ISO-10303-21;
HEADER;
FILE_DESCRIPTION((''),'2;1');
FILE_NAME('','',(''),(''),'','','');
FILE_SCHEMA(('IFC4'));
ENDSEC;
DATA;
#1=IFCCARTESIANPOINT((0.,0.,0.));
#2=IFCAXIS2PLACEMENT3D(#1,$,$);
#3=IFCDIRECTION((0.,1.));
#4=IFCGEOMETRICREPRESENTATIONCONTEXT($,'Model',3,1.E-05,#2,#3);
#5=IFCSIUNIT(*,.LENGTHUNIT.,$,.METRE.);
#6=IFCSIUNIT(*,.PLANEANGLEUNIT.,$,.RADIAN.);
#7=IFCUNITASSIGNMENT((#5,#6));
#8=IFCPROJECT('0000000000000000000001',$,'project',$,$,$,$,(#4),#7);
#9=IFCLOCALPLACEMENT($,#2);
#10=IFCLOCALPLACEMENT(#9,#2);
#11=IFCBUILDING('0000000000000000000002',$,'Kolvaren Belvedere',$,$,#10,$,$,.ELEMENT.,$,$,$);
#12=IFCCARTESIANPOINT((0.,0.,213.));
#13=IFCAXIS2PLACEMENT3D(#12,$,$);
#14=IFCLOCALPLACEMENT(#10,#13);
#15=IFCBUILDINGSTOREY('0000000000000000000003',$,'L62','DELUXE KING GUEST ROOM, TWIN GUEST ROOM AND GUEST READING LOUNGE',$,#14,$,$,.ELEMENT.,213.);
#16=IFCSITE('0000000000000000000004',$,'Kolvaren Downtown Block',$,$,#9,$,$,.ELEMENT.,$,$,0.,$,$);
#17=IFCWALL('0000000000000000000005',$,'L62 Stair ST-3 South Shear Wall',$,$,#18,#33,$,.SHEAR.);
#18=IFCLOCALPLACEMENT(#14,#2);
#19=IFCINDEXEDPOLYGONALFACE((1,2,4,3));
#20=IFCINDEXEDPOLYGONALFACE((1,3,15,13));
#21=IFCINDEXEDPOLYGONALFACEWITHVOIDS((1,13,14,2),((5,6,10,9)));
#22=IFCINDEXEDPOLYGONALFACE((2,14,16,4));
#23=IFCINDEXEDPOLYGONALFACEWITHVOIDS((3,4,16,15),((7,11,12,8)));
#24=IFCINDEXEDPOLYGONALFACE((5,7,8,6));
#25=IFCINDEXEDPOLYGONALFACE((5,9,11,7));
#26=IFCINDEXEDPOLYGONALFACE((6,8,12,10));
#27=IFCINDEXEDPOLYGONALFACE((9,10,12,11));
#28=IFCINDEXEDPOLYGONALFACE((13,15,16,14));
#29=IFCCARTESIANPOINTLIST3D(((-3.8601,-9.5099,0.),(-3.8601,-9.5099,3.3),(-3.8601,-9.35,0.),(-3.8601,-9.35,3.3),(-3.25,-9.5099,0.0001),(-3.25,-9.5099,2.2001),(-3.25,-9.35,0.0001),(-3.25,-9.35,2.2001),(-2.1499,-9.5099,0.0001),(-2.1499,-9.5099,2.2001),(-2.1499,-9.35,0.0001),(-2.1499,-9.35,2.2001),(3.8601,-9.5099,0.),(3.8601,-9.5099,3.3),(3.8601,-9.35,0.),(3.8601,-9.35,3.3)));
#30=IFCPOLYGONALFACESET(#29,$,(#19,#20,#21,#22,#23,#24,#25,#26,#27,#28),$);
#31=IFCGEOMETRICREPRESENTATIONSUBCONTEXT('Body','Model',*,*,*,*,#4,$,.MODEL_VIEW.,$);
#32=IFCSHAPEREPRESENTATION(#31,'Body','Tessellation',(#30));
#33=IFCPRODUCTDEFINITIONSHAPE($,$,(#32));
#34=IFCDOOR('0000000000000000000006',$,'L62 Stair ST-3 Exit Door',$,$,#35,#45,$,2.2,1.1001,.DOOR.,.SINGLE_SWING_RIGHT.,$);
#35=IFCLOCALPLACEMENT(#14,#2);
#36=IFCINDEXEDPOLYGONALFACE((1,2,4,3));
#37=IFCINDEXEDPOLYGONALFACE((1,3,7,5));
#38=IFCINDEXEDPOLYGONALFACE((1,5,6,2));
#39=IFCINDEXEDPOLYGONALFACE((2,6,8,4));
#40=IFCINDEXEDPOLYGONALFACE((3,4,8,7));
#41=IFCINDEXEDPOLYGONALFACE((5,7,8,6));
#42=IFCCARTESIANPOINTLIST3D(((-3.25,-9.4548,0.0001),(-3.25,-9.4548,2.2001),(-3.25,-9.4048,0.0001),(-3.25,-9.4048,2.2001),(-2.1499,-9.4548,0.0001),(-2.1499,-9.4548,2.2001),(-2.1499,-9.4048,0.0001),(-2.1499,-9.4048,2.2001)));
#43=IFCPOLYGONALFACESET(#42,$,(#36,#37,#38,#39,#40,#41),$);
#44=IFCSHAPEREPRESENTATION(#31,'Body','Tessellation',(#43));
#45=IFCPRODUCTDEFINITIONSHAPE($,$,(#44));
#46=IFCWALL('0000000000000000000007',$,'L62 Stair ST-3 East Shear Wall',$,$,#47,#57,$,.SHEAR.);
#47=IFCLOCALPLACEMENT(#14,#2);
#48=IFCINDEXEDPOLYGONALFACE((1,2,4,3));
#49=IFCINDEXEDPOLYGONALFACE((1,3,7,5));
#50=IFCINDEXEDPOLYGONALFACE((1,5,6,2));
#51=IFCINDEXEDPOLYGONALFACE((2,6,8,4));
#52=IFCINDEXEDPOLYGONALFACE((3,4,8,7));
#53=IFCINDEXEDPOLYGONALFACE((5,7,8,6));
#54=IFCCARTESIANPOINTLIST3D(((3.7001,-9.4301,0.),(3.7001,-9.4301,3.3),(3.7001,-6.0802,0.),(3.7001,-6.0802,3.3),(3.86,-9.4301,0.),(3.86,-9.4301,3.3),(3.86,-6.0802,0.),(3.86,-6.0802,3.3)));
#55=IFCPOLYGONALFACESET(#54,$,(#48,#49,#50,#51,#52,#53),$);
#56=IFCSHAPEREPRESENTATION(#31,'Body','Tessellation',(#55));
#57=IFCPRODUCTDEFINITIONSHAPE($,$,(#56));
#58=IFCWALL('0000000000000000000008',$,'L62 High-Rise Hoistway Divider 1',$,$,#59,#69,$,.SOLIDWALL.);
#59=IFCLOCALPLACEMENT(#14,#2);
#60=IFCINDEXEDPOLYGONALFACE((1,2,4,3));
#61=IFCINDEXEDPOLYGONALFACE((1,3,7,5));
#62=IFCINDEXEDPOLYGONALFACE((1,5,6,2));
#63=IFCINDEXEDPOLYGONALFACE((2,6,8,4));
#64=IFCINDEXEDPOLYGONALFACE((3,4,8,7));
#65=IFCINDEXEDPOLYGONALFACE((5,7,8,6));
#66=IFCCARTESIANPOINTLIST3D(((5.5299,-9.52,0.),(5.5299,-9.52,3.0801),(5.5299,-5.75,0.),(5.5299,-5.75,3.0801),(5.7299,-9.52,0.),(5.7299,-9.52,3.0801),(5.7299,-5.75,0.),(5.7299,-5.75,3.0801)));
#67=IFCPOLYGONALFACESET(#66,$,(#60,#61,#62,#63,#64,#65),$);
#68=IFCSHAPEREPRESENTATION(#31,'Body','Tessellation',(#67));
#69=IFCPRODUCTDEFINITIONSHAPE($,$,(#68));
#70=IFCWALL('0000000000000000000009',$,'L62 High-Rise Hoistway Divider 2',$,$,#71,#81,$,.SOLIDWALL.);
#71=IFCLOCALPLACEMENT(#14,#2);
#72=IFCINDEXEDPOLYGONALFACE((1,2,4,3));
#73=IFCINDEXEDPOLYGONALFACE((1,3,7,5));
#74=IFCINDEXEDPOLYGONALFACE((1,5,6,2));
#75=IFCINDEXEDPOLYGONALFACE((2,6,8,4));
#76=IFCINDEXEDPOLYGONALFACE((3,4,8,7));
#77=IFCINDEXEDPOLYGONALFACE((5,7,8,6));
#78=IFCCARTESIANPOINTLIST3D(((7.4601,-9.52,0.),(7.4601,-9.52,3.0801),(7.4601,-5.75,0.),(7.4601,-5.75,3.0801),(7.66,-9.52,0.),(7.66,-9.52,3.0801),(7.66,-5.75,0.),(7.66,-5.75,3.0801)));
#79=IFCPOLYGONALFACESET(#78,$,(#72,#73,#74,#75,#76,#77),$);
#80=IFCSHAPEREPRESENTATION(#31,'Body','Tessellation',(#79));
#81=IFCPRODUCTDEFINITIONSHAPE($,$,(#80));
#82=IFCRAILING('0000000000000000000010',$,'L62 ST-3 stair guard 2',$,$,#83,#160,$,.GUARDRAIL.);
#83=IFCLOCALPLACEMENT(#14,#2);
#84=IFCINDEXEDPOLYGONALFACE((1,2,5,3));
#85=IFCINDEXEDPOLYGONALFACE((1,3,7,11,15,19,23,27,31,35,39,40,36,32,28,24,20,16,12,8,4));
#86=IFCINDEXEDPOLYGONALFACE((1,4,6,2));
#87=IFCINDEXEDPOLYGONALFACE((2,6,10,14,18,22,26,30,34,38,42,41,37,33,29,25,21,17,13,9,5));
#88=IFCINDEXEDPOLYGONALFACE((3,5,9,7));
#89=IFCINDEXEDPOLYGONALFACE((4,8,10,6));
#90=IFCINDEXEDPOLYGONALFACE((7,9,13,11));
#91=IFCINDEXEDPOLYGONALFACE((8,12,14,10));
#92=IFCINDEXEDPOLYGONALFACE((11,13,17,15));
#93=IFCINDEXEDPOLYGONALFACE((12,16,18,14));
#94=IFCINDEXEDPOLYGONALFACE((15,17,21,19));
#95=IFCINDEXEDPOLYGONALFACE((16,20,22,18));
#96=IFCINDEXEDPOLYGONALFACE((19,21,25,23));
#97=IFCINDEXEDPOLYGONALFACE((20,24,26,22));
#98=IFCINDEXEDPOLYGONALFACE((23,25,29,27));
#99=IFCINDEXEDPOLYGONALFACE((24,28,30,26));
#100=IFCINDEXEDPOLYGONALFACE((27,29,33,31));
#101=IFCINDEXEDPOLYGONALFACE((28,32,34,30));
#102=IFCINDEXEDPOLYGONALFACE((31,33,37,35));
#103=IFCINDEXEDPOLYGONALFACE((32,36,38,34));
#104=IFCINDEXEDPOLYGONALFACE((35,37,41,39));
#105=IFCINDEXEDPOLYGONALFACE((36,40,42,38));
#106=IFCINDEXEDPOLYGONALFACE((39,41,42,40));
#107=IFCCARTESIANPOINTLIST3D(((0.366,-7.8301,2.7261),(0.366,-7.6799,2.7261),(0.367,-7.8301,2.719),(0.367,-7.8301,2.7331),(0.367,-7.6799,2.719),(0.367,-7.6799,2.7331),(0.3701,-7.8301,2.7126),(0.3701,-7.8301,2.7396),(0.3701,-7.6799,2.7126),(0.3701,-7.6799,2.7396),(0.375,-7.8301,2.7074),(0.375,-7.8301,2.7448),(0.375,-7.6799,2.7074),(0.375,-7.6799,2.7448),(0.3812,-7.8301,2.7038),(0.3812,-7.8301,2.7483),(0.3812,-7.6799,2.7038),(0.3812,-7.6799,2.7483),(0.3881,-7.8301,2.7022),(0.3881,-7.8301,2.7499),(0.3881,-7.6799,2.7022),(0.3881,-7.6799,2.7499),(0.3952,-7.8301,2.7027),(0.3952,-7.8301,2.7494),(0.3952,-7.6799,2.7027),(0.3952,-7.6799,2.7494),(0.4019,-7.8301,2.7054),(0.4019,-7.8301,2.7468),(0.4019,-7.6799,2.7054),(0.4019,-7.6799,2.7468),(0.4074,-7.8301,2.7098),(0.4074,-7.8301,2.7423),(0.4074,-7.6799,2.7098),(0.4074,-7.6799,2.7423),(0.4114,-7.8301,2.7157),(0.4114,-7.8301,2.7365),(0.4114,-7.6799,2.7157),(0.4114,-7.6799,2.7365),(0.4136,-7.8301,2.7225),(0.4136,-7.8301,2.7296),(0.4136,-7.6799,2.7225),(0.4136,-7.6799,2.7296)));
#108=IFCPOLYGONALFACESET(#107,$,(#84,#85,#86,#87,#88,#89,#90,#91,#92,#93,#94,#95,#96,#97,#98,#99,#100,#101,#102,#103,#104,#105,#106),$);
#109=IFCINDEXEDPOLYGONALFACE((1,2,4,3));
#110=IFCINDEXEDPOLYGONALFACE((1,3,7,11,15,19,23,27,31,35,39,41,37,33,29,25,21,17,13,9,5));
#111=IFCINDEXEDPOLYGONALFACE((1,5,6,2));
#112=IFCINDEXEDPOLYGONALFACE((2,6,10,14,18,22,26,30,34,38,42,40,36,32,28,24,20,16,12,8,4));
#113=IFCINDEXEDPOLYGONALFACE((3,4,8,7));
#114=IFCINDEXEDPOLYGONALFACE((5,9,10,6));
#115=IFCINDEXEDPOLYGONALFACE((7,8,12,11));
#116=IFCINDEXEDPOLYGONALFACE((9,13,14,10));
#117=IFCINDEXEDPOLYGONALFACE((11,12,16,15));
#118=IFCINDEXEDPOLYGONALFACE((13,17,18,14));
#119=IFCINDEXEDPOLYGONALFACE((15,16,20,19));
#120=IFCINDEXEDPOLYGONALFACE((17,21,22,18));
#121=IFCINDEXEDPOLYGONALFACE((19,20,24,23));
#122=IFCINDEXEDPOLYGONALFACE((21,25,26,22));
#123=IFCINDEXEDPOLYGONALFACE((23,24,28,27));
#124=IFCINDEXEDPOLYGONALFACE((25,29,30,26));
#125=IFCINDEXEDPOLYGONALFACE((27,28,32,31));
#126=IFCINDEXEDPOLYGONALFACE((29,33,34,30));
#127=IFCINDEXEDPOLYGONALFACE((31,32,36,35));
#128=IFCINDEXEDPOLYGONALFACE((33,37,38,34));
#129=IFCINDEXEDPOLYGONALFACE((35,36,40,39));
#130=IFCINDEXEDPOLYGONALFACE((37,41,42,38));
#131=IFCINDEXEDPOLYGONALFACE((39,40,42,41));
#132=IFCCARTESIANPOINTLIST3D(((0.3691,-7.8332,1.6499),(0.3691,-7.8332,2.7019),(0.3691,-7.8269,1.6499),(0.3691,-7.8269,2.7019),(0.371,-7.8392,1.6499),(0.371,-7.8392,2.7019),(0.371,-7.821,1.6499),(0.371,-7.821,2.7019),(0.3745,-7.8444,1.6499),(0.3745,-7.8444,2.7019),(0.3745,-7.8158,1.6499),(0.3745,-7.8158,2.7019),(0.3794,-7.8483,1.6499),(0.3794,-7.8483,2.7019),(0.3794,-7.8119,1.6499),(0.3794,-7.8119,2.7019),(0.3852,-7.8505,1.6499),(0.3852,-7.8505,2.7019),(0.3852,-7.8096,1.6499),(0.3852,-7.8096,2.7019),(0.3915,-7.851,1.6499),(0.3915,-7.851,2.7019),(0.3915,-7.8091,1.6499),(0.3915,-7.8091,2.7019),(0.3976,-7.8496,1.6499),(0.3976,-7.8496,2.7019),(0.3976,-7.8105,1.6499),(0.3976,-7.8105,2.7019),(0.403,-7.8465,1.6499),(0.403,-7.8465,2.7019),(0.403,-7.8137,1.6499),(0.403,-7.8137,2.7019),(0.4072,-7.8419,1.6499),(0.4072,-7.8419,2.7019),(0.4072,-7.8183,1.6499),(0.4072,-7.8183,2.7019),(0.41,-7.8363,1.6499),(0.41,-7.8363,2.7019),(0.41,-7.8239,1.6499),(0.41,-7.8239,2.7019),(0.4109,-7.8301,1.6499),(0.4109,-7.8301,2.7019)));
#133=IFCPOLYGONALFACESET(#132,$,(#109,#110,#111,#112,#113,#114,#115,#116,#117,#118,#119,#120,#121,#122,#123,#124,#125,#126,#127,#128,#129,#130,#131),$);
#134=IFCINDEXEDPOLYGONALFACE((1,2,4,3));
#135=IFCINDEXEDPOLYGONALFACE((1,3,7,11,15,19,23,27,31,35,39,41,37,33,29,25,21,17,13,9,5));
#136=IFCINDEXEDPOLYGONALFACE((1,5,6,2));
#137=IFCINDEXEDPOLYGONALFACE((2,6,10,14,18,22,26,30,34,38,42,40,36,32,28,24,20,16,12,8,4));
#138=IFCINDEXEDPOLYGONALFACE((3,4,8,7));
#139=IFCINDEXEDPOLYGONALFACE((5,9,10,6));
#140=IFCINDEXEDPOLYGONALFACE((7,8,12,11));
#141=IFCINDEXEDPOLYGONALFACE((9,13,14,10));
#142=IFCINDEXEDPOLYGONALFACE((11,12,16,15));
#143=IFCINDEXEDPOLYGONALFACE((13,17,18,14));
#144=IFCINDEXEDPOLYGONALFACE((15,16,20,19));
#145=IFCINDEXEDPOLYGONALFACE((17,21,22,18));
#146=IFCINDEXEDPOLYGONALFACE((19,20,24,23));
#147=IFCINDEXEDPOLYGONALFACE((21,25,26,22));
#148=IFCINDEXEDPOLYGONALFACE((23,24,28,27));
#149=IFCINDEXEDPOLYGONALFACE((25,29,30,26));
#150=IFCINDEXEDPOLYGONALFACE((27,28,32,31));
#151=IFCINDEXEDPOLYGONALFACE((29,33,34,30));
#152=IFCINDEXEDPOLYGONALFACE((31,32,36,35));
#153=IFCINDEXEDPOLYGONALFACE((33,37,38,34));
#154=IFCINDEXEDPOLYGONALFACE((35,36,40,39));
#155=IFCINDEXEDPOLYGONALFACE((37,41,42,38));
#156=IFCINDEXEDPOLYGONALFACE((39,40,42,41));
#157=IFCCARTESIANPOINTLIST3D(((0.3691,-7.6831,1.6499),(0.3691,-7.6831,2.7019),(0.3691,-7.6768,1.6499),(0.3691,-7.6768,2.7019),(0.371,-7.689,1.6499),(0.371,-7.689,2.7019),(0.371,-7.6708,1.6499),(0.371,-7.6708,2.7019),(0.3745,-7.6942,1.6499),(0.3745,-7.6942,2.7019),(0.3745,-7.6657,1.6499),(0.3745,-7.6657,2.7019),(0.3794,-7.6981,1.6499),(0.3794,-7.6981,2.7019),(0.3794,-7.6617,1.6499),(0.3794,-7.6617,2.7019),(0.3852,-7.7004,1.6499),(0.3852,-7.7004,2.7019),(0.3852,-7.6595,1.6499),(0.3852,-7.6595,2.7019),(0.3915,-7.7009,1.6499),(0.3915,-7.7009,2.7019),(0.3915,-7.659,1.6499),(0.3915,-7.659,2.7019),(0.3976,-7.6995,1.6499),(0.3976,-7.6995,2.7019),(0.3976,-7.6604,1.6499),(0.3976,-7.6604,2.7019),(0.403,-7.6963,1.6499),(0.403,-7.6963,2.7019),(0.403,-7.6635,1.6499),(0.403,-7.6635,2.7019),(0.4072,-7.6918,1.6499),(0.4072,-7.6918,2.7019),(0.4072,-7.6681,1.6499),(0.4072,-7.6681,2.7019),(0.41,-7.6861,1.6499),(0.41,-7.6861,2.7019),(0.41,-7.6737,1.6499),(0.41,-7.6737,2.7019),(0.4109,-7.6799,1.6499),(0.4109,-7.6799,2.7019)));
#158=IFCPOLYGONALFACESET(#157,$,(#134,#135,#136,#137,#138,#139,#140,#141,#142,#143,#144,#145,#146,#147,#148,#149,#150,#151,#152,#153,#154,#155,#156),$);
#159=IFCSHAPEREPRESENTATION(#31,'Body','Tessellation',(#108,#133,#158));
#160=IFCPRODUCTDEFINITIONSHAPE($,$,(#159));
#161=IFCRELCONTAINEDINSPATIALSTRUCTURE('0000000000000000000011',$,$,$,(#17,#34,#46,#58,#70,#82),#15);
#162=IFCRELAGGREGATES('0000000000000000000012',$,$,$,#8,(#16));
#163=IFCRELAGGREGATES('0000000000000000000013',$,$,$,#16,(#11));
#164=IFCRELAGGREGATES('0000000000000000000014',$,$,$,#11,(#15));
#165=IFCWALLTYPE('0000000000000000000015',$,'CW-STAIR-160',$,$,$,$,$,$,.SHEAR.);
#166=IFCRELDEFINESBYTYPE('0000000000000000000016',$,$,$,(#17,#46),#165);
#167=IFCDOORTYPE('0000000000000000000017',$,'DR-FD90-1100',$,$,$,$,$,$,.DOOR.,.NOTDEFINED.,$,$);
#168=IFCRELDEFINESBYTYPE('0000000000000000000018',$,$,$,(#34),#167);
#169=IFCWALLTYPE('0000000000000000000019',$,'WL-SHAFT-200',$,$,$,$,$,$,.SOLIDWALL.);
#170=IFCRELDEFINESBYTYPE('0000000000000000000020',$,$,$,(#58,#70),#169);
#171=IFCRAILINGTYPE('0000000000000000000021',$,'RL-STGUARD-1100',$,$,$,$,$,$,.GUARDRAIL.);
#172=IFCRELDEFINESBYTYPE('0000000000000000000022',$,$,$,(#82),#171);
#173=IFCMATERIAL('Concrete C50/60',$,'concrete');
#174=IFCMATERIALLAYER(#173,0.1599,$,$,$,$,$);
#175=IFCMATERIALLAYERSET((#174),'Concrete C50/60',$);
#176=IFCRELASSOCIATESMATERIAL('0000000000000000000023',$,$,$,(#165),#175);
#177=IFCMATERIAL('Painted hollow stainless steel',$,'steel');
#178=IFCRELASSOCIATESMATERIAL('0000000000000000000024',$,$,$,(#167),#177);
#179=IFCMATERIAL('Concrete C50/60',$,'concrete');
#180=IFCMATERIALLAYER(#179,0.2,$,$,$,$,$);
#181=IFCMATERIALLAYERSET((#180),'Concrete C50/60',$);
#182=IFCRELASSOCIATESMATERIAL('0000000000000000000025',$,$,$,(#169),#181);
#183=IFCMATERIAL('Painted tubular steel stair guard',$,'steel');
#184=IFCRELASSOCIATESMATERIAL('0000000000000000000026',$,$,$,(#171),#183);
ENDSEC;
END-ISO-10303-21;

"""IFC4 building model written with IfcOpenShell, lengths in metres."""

from ifc_helpers import new_model, si_unit, direction, frame, frame_2d, origin, origin_2d, place, context, subcontext, project, spatial, rectangle, circle, extrude, material, layer, layer_set, type_object, element, fill, save


model = new_model("IFC4")

# Units and contexts
model_context = context("Model", 3, precision=1e-05, world=origin(), true_north=direction((0.0, 1.0)))
body_context = subcontext(model_context, "Body", "Model", "MODEL_VIEW")
ifc_project = project(units=[si_unit("LENGTHUNIT", "METRE"), si_unit("PLANEANGLEUNIT", "RADIAN")], contexts=[model_context])

# Site, building, storey
site_placement = place(None, origin())
site = spatial("IfcSite", under=ifc_project, at=site_placement, Name="Kolvaren Downtown Block", CompositionType="ELEMENT", RefElevation=0.0)
building_placement = place(site_placement, origin())
building = spatial("IfcBuilding", under=site, at=building_placement, Name="Kolvaren Belvedere", CompositionType="ELEMENT")
storey_placement = place(building_placement, frame((0.0, 0.0, 213.0)))
storey = spatial("IfcBuildingStorey", under=building, at=storey_placement, Name="L62", Description="DELUXE KING GUEST ROOM, TWIN GUEST ROOM AND GUEST READING LOUNGE", CompositionType="ELEMENT", Elevation=213.0)

# Wall, opening, door
ifc_material_1 = material(Name="Concrete C50/60", Category="concrete")
ifc_layer_1 = layer(ifc_material_1, 0.1599)
ifc_layer_set_1 = layer_set([ifc_layer_1], Name="Concrete C50/60")
wall_type_1 = type_object("IfcWallType", Name="CW-STAIR-160", PredefinedType="SHEAR", material=ifc_layer_set_1)
wall_1_placement = place(storey_placement, frame((3.8601, -9.4299, 0.0), z_axis=(0.0, 0.0, 1.0), x_axis=(-1.0, 0.0, 0.0)))
wall_1 = element("IfcWall", 1, at=wall_1_placement, inside=storey, type_object=wall_type_1, Name="L62 Stair ST-3 South Shear Wall", PredefinedType="SHEAR", context=body_context, shape_type="SweptSolid", body=[
    extrude(rectangle(XDim=7.7202, YDim=0.1599, at=frame_2d((3.8601, 0.0))), origin(), (0.0, 0.0, 1.0), 3.3),
])
opening_placement = place(wall_1_placement, frame((6.01, 0.0, 0.0)))
opening = element("IfcOpeningElement", 2, at=opening_placement, cuts=wall_1, PredefinedType="OPENING", context=body_context, shape_type="SweptSolid", body=[
    extrude(rectangle(XDim=1.1001, YDim=2.2, at=frame_2d((0.55, 1.1001))), frame((0.0, 0.0898, 0.0), z_axis=(0.0, -1.0, 0.0), x_axis=(1.0, 0.0, 0.0)), (0.0, 0.0, 1.0), 0.1799),
])
ifc_material_2 = material(Name="Painted hollow stainless steel", Category="steel")
door_type = type_object("IfcDoorType", Name="DR-FD90-1100", OperationType="NOTDEFINED", PredefinedType="DOOR", material=ifc_material_2)
door_placement = place(opening_placement, origin())
door = element("IfcDoor", 3, at=door_placement, inside=storey, type_object=door_type, Name="L62 Stair ST-3 Exit Door", OperationType="SINGLE_SWING_RIGHT", OverallHeight=2.2, OverallWidth=1.1001, PredefinedType="DOOR", context=body_context, shape_type="SweptSolid", body=[
    extrude(rectangle(XDim=1.1001, YDim=2.2, at=frame_2d((0.55, 1.1001))), frame((0.0, 0.0249, 0.0), z_axis=(0.0, -1.0, 0.0), x_axis=(1.0, 0.0, 0.0)), (0.0, 0.0, 1.0), 0.05),
])
fill(opening, door)

# Walls
wall_2_placement = place(storey_placement, frame((3.78, -9.4299, 0.0), z_axis=(0.0, 0.0, 1.0), x_axis=(0.0, 1.0, 0.0)))
element("IfcWall", 4, at=wall_2_placement, inside=storey, type_object=wall_type_1, Name="L62 Stair ST-3 East Shear Wall", PredefinedType="SHEAR", context=body_context, shape_type="SweptSolid", body=[
    extrude(rectangle(XDim=3.3499, YDim=0.1599, at=frame_2d((1.6748, 0.0))), origin(), (0.0, 0.0, 1.0), 3.3),
])
ifc_material_3 = material(Name="Concrete C50/60", Category="concrete")
ifc_layer_2 = layer(ifc_material_3, 0.2)
ifc_layer_set_2 = layer_set([ifc_layer_2], Name="Concrete C50/60")
wall_type_2 = type_object("IfcWallType", Name="WL-SHAFT-200", PredefinedType="SOLIDWALL", material=ifc_layer_set_2)
for number, where, z_axis, x_axis, name in (
    (5, (5.6299, -9.52, 0.0), (0.0, 0.0, 1.0), (0.0, 1.0, 0.0), "L62 High-Rise Hoistway Divider 1"),
    (6, (7.5601, -9.52, 0.0), (0.0, 0.0, 1.0), (0.0, 1.0, 0.0), "L62 High-Rise Hoistway Divider 2"),
):
    element("IfcWall", number, at=place(storey_placement, frame(where, z_axis=z_axis, x_axis=x_axis)), inside=storey, type_object=wall_type_2, Name=name, PredefinedType="SOLIDWALL", context=body_context, shape_type="SweptSolid", body=[
        extrude(rectangle(XDim=3.77, YDim=0.2, at=frame_2d((1.885, 0.0))), origin(), (0.0, 0.0, 1.0), 3.0801),
    ])

# Railing
ifc_material_4 = material(Name="Painted tubular steel stair guard", Category="steel")
railing_type = type_object("IfcRailingType", Name="RL-STGUARD-1100", PredefinedType="GUARDRAIL", material=ifc_material_4)
railing_1_placement = place(storey_placement, frame((0.3899, -7.8301, 1.6499)))
element("IfcRailing", 7, at=railing_1_placement, inside=storey, type_object=railing_type, Name="L62 ST-3 stair guard 2", PredefinedType="GUARDRAIL", context=body_context, shape_type="SweptSolid", body=[
    extrude(circle(Radius=0.0239, at=origin_2d()), frame((0.0, 0.0, 1.0762), z_axis=(0.0, 1.0, 0.0), x_axis=(-1.0, 0.0, 0.0)), (0.0, 0.0, 1.0), 0.1501),
    extrude(circle(Radius=0.021, at=origin_2d()), origin(), (0.0, 0.0, 1.0), 1.052),
    extrude(circle(Radius=0.021, at=origin_2d()), frame((0.0, 0.1501, 0.0)), (0.0, 0.0, 1.0), 1.052),
])

save(model, "model.ifc")
